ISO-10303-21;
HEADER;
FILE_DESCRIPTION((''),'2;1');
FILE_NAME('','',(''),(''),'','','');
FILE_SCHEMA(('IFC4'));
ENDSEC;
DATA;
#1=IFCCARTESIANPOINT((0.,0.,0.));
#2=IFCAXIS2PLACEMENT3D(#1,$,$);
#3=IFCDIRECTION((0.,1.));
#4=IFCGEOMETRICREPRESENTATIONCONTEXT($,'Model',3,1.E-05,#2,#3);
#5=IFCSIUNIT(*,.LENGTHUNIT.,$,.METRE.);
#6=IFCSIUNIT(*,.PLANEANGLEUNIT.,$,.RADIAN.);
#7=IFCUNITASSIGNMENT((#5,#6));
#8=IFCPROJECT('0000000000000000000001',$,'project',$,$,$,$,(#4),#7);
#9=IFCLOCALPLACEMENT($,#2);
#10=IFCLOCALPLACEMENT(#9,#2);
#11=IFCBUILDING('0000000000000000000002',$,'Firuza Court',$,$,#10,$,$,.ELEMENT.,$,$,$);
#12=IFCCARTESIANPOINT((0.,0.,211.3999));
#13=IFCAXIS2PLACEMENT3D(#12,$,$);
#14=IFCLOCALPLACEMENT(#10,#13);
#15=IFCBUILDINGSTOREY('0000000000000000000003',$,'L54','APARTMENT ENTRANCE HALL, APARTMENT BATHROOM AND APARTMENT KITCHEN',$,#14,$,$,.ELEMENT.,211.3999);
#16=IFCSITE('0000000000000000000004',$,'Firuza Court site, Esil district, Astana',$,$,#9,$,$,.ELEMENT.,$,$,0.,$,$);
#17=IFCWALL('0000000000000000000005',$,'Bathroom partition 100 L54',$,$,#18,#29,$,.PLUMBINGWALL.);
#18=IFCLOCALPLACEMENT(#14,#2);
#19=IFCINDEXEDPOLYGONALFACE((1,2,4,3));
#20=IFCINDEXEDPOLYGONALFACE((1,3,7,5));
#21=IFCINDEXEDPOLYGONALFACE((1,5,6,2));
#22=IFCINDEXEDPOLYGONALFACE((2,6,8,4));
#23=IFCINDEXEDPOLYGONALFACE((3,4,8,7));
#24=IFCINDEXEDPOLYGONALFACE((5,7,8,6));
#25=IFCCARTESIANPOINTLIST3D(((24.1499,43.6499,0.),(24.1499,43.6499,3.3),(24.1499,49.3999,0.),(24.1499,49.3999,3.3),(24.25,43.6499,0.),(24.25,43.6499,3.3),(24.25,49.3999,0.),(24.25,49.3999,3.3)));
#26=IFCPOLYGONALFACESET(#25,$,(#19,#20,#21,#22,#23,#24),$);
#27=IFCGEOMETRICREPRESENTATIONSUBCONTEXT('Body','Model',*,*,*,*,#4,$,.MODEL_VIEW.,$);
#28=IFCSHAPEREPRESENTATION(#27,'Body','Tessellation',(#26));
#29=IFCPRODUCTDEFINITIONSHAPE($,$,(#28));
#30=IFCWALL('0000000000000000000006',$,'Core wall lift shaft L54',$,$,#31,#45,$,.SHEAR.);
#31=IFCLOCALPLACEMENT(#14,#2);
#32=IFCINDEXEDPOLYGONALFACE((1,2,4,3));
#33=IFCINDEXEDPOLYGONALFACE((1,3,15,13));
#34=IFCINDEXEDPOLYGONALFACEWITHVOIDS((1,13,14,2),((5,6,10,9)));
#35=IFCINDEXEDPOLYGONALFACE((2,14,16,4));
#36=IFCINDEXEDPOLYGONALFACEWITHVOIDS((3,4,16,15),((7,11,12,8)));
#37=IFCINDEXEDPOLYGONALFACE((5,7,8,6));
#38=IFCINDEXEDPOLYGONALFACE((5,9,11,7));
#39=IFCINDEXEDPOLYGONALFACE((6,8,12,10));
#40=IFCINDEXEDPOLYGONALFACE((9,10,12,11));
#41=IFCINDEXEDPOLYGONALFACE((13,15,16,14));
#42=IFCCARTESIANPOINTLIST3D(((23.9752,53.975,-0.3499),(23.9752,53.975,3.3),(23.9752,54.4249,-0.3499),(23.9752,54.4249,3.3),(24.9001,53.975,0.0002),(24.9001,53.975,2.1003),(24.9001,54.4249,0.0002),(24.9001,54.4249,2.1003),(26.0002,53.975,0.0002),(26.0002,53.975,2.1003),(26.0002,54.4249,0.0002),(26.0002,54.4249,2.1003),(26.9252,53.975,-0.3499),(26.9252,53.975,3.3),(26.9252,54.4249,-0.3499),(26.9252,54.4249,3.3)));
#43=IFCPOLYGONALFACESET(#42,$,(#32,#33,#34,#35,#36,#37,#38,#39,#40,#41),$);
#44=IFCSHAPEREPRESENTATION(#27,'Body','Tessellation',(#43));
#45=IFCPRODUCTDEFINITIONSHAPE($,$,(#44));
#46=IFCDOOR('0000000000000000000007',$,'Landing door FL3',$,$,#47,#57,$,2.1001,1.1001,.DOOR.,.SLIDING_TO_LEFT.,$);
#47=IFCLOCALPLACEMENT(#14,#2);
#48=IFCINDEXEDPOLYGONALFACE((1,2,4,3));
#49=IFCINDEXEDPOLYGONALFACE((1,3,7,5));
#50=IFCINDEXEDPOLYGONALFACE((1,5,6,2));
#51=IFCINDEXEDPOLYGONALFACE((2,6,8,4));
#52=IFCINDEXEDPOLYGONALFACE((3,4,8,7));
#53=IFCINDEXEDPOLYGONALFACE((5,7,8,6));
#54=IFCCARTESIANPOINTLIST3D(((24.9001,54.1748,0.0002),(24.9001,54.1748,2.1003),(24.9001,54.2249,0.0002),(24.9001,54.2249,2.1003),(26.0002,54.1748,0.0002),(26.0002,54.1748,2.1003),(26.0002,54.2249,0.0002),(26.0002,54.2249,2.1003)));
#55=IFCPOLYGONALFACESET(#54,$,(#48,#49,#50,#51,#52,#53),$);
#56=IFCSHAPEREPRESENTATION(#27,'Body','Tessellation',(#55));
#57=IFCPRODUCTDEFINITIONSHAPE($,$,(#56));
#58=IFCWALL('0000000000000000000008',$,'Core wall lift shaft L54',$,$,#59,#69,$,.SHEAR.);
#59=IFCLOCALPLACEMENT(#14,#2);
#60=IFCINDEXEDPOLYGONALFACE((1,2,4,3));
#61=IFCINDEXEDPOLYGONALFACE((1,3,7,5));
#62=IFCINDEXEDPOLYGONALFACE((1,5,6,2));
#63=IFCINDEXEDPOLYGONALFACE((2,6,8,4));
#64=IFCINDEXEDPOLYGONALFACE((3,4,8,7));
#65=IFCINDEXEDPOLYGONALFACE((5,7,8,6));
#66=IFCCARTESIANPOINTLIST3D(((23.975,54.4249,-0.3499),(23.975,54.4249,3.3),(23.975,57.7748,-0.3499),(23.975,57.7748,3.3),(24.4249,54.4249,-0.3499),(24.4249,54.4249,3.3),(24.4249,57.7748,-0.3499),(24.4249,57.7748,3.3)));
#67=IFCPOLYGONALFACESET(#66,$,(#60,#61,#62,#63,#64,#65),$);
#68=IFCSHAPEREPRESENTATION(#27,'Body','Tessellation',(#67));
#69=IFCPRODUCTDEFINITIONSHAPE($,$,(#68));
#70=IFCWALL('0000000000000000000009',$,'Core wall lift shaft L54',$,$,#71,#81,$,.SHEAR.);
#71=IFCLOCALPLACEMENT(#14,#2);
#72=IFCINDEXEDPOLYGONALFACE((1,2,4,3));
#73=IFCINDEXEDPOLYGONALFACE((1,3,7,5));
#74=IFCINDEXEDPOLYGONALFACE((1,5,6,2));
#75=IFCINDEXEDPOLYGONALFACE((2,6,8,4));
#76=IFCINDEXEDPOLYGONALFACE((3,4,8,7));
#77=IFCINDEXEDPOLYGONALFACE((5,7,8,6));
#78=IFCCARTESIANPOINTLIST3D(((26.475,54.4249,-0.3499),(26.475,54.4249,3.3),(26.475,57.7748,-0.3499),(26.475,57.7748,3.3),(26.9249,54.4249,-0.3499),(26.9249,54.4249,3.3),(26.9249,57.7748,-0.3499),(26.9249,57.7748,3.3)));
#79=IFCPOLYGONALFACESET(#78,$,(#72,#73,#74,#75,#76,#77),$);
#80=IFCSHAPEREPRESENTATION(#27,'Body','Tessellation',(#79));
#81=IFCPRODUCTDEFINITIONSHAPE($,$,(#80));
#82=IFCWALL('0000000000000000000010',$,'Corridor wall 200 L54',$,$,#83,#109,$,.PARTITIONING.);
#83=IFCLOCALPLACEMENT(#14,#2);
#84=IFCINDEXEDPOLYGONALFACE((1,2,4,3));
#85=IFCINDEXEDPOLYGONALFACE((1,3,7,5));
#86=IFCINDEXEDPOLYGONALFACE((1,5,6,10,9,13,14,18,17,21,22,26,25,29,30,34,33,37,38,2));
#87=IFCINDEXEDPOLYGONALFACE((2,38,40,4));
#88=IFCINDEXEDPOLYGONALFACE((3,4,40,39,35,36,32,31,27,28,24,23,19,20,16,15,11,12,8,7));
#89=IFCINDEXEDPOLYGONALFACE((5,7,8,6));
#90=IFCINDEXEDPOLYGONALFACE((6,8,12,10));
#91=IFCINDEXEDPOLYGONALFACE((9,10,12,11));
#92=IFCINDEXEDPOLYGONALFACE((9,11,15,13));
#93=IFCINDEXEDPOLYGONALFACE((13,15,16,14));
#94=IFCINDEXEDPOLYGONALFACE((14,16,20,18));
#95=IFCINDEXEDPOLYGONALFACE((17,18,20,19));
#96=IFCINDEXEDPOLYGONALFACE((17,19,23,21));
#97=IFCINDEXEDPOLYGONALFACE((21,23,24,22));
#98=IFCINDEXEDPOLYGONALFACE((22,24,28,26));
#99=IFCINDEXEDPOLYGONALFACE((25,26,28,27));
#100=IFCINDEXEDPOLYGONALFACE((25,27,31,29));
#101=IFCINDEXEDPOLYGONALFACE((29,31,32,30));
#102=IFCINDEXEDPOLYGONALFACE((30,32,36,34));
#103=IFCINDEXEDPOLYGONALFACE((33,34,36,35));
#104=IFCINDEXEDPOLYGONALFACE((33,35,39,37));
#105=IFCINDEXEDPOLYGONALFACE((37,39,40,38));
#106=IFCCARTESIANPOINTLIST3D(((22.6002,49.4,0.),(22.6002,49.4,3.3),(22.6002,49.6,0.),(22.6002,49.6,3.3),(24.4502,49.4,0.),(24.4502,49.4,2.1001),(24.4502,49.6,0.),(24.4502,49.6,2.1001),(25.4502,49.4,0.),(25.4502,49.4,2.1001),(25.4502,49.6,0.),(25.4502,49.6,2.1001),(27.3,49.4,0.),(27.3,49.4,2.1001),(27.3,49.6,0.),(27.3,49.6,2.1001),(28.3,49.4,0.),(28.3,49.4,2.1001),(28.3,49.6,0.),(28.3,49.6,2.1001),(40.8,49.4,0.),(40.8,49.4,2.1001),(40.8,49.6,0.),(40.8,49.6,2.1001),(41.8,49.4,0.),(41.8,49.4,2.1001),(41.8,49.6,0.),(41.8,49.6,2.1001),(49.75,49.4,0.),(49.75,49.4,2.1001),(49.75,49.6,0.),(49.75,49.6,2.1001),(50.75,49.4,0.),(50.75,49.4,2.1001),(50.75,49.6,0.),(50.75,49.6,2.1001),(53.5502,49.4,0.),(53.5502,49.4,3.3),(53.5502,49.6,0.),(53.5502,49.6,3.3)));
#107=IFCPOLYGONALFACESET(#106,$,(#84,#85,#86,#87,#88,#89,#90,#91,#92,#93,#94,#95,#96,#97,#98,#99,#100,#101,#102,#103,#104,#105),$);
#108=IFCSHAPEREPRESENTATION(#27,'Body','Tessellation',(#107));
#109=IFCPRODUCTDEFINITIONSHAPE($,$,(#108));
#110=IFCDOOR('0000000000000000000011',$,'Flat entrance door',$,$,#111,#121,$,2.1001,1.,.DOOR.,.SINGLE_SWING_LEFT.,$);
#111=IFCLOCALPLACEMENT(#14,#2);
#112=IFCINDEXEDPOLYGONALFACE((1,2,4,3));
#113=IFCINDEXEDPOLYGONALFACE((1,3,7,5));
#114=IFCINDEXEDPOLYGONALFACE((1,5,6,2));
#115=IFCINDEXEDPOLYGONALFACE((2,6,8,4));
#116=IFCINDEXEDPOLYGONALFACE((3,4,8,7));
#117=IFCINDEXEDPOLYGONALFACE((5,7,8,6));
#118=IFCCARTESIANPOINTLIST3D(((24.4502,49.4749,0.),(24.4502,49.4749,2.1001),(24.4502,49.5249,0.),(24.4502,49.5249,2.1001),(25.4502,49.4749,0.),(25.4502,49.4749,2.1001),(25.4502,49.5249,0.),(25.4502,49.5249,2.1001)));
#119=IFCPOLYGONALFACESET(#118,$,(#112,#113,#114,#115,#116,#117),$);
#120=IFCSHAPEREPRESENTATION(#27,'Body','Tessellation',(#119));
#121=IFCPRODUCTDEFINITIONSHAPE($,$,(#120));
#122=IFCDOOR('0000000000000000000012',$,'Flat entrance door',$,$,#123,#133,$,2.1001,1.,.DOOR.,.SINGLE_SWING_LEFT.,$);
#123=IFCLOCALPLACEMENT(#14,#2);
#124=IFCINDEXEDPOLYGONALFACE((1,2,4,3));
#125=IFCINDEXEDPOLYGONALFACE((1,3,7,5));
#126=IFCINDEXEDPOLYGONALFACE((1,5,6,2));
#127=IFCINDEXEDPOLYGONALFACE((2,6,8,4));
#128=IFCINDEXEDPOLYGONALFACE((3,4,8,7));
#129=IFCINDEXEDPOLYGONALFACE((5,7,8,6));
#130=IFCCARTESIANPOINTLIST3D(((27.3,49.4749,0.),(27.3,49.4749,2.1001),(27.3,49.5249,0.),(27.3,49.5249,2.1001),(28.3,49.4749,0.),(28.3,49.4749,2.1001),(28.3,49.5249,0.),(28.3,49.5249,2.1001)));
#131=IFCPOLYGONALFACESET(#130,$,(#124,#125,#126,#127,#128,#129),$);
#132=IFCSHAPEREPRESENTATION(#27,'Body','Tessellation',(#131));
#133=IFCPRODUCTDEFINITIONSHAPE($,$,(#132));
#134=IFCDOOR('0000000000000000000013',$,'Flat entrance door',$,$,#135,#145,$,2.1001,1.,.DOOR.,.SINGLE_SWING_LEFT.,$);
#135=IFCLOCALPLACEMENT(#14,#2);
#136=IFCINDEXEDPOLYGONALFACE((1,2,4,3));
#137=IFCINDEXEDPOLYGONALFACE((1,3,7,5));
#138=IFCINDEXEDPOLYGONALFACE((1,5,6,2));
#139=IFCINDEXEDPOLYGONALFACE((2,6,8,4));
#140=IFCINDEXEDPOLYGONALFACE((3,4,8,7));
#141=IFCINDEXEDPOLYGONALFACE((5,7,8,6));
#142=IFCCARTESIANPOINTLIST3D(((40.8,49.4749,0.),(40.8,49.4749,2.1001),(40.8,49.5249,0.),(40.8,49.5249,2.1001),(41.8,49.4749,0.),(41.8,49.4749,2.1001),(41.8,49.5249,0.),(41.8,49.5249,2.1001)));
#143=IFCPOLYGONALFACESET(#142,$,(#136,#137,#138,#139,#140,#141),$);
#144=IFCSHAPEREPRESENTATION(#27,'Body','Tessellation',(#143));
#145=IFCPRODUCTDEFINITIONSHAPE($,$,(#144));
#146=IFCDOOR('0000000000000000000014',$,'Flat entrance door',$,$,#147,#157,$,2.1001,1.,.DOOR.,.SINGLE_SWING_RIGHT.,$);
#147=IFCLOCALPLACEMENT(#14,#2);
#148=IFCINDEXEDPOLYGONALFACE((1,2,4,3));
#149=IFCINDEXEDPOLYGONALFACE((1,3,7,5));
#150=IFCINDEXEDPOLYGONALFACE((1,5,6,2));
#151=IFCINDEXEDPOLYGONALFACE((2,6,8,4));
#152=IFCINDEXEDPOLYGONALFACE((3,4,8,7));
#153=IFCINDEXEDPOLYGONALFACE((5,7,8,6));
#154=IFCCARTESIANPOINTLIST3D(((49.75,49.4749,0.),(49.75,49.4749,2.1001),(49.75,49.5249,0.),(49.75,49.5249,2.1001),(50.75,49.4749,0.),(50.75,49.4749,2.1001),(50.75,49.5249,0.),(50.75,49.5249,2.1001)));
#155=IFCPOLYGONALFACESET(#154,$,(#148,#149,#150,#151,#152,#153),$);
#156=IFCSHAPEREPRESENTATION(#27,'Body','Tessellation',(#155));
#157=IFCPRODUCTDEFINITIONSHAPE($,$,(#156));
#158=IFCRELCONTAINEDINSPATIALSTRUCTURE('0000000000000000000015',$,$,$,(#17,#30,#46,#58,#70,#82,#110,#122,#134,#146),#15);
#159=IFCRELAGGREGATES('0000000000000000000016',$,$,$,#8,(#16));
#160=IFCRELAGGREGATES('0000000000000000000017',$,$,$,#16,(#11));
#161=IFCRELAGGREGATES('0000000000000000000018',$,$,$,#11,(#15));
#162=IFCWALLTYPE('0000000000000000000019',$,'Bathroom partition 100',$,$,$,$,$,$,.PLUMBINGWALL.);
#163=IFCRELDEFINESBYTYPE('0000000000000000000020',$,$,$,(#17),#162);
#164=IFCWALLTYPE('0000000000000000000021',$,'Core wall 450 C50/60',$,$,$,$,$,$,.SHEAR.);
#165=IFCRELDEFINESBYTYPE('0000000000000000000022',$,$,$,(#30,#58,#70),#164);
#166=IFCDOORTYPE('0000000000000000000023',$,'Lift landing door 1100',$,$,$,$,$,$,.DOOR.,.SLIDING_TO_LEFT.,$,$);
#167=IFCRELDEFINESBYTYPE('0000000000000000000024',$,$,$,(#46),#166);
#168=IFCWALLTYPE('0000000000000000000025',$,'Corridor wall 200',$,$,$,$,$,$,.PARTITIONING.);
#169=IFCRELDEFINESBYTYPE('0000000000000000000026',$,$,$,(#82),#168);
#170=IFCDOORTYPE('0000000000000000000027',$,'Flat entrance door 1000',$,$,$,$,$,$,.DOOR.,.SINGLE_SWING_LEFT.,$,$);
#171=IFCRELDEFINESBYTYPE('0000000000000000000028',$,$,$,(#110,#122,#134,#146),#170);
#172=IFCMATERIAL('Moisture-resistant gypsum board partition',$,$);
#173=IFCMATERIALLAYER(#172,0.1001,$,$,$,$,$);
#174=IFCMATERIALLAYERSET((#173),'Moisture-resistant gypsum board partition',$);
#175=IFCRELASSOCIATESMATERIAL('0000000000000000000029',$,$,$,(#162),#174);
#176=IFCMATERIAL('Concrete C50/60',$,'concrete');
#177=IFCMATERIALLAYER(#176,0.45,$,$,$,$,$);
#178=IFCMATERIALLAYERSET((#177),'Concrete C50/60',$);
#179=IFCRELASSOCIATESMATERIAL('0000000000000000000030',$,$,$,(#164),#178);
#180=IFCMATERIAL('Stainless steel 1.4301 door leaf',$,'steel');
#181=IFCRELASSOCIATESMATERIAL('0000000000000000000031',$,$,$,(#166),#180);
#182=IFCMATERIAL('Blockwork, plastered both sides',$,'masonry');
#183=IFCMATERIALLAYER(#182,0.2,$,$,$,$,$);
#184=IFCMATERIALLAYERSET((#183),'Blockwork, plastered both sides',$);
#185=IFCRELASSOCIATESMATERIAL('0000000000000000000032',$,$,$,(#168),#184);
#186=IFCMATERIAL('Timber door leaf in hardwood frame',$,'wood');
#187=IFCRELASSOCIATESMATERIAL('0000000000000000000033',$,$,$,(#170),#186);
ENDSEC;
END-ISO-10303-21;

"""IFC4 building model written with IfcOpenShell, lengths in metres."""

from ifc_helpers import new_model, si_unit, direction, frame, frame_2d, origin, place, context, subcontext, project, spatial, rectangle, extrude, material, layer, layer_set, type_object, element, fill, save


model = new_model("IFC4")

# Units and contexts
model_context = context("Model", 3, precision=1e-05, world=origin(), true_north=direction((0.0, 1.0)))
body_context = subcontext(model_context, "Body", "Model", "MODEL_VIEW")
ifc_project = project(units=[si_unit("LENGTHUNIT", "METRE"), si_unit("PLANEANGLEUNIT", "RADIAN")], contexts=[model_context])

# Site, building, storey
site_placement = place(None, origin())
site = spatial("IfcSite", under=ifc_project, at=site_placement, Name="Firuza Court site, Esil district, Astana", CompositionType="ELEMENT", RefElevation=0.0)
building_placement = place(site_placement, origin())
building = spatial("IfcBuilding", under=site, at=building_placement, Name="Firuza Court", CompositionType="ELEMENT")
storey_placement = place(building_placement, frame((0.0, 0.0, 211.3999)))
storey = spatial("IfcBuildingStorey", under=building, at=storey_placement, Name="L54", Description="APARTMENT ENTRANCE HALL, APARTMENT BATHROOM AND APARTMENT KITCHEN", CompositionType="ELEMENT", Elevation=211.3999)

# Wall
ifc_material_1 = material(Name="Moisture-resistant gypsum board partition")
ifc_layer_1 = layer(ifc_material_1, 0.1001)
ifc_layer_set_1 = layer_set([ifc_layer_1], Name="Moisture-resistant gypsum board partition")
wall_type_1 = type_object("IfcWallType", Name="Bathroom partition 100", PredefinedType="PLUMBINGWALL", material=ifc_layer_set_1)
wall_1_placement = place(storey_placement, frame((24.2, 43.6499, 0.0), z_axis=(0.0, 0.0, 1.0), x_axis=(0.0, 1.0, 0.0)))
element("IfcWall", 1, at=wall_1_placement, inside=storey, type_object=wall_type_1, Name="Bathroom partition 100 L54", PredefinedType="PLUMBINGWALL", context=body_context, shape_type="SweptSolid", body=[
    extrude(rectangle(XDim=5.75, YDim=0.1001, at=frame_2d((2.875, 0.0))), origin(), (0.0, 0.0, 1.0), 3.3),
])

# Wall, opening, door
ifc_material_2 = material(Name="Concrete C50/60", Category="concrete")
ifc_layer_2 = layer(ifc_material_2, 0.45)
ifc_layer_set_2 = layer_set([ifc_layer_2], Name="Concrete C50/60")
wall_type_2 = type_object("IfcWallType", Name="Core wall 450 C50/60", PredefinedType="SHEAR", material=ifc_layer_set_2)
wall_2_placement = place(storey_placement, frame((23.9751, 54.2, -0.3499), z_axis=(0.0, 0.0, 1.0), x_axis=(1.0, 0.0, 0.0)))
wall_2 = element("IfcWall", 2, at=wall_2_placement, inside=storey, type_object=wall_type_2, Name="Core wall lift shaft L54", PredefinedType="SHEAR", context=body_context, shape_type="SweptSolid", body=[
    extrude(rectangle(XDim=2.95, YDim=0.45, at=frame_2d((1.4751, 0.0))), origin(), (0.0, 0.0, 1.0), 3.6499),
])
opening_1_placement = place(wall_2_placement, frame((0.925, 0.0, 0.3501)))
opening_1 = element("IfcOpeningElement", 3, at=opening_1_placement, cuts=wall_2, PredefinedType="OPENING", context=body_context, shape_type="SweptSolid", body=[
    extrude(rectangle(XDim=1.1001, YDim=2.1001, at=frame_2d((0.55, 1.05))), frame((0.0, 0.2368, 0.0), z_axis=(0.0, -1.0, 0.0), x_axis=(1.0, 0.0, 0.0)), (0.0, 0.0, 1.0), 0.4739),
])
ifc_material_3 = material(Name="Stainless steel 1.4301 door leaf", Category="steel")
door_type_1 = type_object("IfcDoorType", Name="Lift landing door 1100", OperationType="SLIDING_TO_LEFT", PredefinedType="DOOR", material=ifc_material_3)
door_1_placement = place(opening_1_placement, origin())
door_1 = element("IfcDoor", 4, at=door_1_placement, inside=storey, type_object=door_type_1, Name="Landing door FL3", OperationType="SLIDING_TO_LEFT", OverallHeight=2.1001, OverallWidth=1.1001, PredefinedType="DOOR", context=body_context, shape_type="SweptSolid", body=[
    extrude(rectangle(XDim=1.1001, YDim=2.1001, at=frame_2d((0.55, 1.05))), frame((0.0, 0.0249, 0.0), z_axis=(0.0, -1.0, 0.0), x_axis=(1.0, 0.0, 0.0)), (0.0, 0.0, 1.0), 0.05),
])
fill(opening_1, door_1)

# Walls
for number, where, z_axis, x_axis, name in (
    (5, (24.2, 54.425, -0.3499), (0.0, 0.0, 1.0), (0.0, 1.0, 0.0), "Core wall lift shaft L54"),
    (6, (26.7, 54.425, -0.3499), (0.0, 0.0, 1.0), (0.0, 1.0, 0.0), "Core wall lift shaft L54"),
):
    element("IfcWall", number, at=place(storey_placement, frame(where, z_axis=z_axis, x_axis=x_axis)), inside=storey, type_object=wall_type_2, Name=name, PredefinedType="SHEAR", context=body_context, shape_type="SweptSolid", body=[
        extrude(rectangle(XDim=3.3499, YDim=0.45, at=frame_2d((1.6748, 0.0))), origin(), (0.0, 0.0, 1.0), 3.6499),
    ])

# Wall, openings, doors
ifc_material_4 = material(Name="Blockwork, plastered both sides", Category="masonry")
ifc_layer_3 = layer(ifc_material_4, 0.2)
ifc_layer_set_3 = layer_set([ifc_layer_3], Name="Blockwork, plastered both sides")
wall_type_3 = type_object("IfcWallType", Name="Corridor wall 200", PredefinedType="PARTITIONING", material=ifc_layer_set_3)
wall_3_placement = place(storey_placement, frame((22.6001, 49.5, 0.0), z_axis=(0.0, 0.0, 1.0), x_axis=(1.0, 0.0, 0.0)))
wall_3 = element("IfcWall", 7, at=wall_3_placement, inside=storey, type_object=wall_type_3, Name="Corridor wall 200 L54", PredefinedType="PARTITIONING", context=body_context, shape_type="SweptSolid", body=[
    extrude(rectangle(XDim=30.95, YDim=0.2, at=frame_2d((15.4751, 0.0))), origin(), (0.0, 0.0, 1.0), 3.3),
])
opening_2_placement = place(wall_3_placement, frame((1.8501, 0.0, 0.0)))
opening_2 = element("IfcOpeningElement", 8, at=opening_2_placement, cuts=wall_3, PredefinedType="OPENING", context=body_context, shape_type="SweptSolid", body=[
    extrude(rectangle(XDim=1.0, YDim=2.1001, at=frame_2d((0.5, 1.05))), frame((0.0, 0.1118, 0.0), z_axis=(0.0, -1.0, 0.0), x_axis=(1.0, 0.0, 0.0)), (0.0, 0.0, 1.0), 0.2239),
])
opening_3_placement = place(wall_3_placement, frame((4.7, 0.0, 0.0)))
opening_3 = element("IfcOpeningElement", 9, at=opening_3_placement, cuts=wall_3, PredefinedType="OPENING", context=body_context, shape_type="SweptSolid", body=[
    extrude(rectangle(XDim=1.0, YDim=2.1001, at=frame_2d((0.5, 1.05))), frame((0.0, 0.1118, 0.0), z_axis=(0.0, -1.0, 0.0), x_axis=(1.0, 0.0, 0.0)), (0.0, 0.0, 1.0), 0.2239),
])
opening_4_placement = place(wall_3_placement, frame((18.2, 0.0, 0.0)))
opening_4 = element("IfcOpeningElement", 10, at=opening_4_placement, cuts=wall_3, PredefinedType="OPENING", context=body_context, shape_type="SweptSolid", body=[
    extrude(rectangle(XDim=1.0, YDim=2.1001, at=frame_2d((0.5, 1.05))), frame((0.0, 0.1118, 0.0), z_axis=(0.0, -1.0, 0.0), x_axis=(1.0, 0.0, 0.0)), (0.0, 0.0, 1.0), 0.2239),
])
opening_5_placement = place(wall_3_placement, frame((27.1499, 0.0, 0.0)))
opening_5 = element("IfcOpeningElement", 11, at=opening_5_placement, cuts=wall_3, PredefinedType="OPENING", context=body_context, shape_type="SweptSolid", body=[
    extrude(rectangle(XDim=1.0, YDim=2.1001, at=frame_2d((0.5, 1.05))), frame((0.0, 0.1118, 0.0), z_axis=(0.0, -1.0, 0.0), x_axis=(1.0, 0.0, 0.0)), (0.0, 0.0, 1.0), 0.2239),
])
ifc_material_5 = material(Name="Timber door leaf in hardwood frame", Category="wood")
door_type_2 = type_object("IfcDoorType", Name="Flat entrance door 1000", OperationType="SINGLE_SWING_LEFT", PredefinedType="DOOR", material=ifc_material_5)
door_2_placement = place(opening_2_placement, origin())
door_2 = element("IfcDoor", 12, at=door_2_placement, inside=storey, type_object=door_type_2, Name="Flat entrance door", OperationType="SINGLE_SWING_LEFT", OverallHeight=2.1001, OverallWidth=1.0, PredefinedType="DOOR", context=body_context, shape_type="SweptSolid", body=[
    extrude(rectangle(XDim=1.0, YDim=2.1001, at=frame_2d((0.5, 1.05))), frame((0.0, 0.0249, 0.0), z_axis=(0.0, -1.0, 0.0), x_axis=(1.0, 0.0, 0.0)), (0.0, 0.0, 1.0), 0.05),
])
fill(opening_2, door_2)
door_3_placement = place(opening_3_placement, origin())
door_3 = element("IfcDoor", 13, at=door_3_placement, inside=storey, type_object=door_type_2, Name="Flat entrance door", OperationType="SINGLE_SWING_LEFT", OverallHeight=2.1001, OverallWidth=1.0, PredefinedType="DOOR", context=body_context, shape_type="SweptSolid", body=[
    extrude(rectangle(XDim=1.0, YDim=2.1001, at=frame_2d((0.5, 1.05))), frame((0.0, 0.0249, 0.0), z_axis=(0.0, -1.0, 0.0), x_axis=(1.0, 0.0, 0.0)), (0.0, 0.0, 1.0), 0.05),
])
fill(opening_3, door_3)
door_4_placement = place(opening_4_placement, origin())
door_4 = element("IfcDoor", 14, at=door_4_placement, inside=storey, type_object=door_type_2, Name="Flat entrance door", OperationType="SINGLE_SWING_LEFT", OverallHeight=2.1001, OverallWidth=1.0, PredefinedType="DOOR", context=body_context, shape_type="SweptSolid", body=[
    extrude(rectangle(XDim=1.0, YDim=2.1001, at=frame_2d((0.5, 1.05))), frame((0.0, 0.0249, 0.0), z_axis=(0.0, -1.0, 0.0), x_axis=(1.0, 0.0, 0.0)), (0.0, 0.0, 1.0), 0.05),
])
fill(opening_4, door_4)
door_5_placement = place(opening_5_placement, origin())
door_5 = element("IfcDoor", 15, at=door_5_placement, inside=storey, type_object=door_type_2, Name="Flat entrance door", OperationType="SINGLE_SWING_RIGHT", OverallHeight=2.1001, OverallWidth=1.0, PredefinedType="DOOR", context=body_context, shape_type="SweptSolid", body=[
    extrude(rectangle(XDim=1.0, YDim=2.1001, at=frame_2d((0.5, 1.05))), frame((0.0, 0.0249, 0.0), z_axis=(0.0, -1.0, 0.0), x_axis=(1.0, 0.0, 0.0)), (0.0, 0.0, 1.0), 0.05),
])
fill(opening_5, door_5)

save(model, "model.ifc")
